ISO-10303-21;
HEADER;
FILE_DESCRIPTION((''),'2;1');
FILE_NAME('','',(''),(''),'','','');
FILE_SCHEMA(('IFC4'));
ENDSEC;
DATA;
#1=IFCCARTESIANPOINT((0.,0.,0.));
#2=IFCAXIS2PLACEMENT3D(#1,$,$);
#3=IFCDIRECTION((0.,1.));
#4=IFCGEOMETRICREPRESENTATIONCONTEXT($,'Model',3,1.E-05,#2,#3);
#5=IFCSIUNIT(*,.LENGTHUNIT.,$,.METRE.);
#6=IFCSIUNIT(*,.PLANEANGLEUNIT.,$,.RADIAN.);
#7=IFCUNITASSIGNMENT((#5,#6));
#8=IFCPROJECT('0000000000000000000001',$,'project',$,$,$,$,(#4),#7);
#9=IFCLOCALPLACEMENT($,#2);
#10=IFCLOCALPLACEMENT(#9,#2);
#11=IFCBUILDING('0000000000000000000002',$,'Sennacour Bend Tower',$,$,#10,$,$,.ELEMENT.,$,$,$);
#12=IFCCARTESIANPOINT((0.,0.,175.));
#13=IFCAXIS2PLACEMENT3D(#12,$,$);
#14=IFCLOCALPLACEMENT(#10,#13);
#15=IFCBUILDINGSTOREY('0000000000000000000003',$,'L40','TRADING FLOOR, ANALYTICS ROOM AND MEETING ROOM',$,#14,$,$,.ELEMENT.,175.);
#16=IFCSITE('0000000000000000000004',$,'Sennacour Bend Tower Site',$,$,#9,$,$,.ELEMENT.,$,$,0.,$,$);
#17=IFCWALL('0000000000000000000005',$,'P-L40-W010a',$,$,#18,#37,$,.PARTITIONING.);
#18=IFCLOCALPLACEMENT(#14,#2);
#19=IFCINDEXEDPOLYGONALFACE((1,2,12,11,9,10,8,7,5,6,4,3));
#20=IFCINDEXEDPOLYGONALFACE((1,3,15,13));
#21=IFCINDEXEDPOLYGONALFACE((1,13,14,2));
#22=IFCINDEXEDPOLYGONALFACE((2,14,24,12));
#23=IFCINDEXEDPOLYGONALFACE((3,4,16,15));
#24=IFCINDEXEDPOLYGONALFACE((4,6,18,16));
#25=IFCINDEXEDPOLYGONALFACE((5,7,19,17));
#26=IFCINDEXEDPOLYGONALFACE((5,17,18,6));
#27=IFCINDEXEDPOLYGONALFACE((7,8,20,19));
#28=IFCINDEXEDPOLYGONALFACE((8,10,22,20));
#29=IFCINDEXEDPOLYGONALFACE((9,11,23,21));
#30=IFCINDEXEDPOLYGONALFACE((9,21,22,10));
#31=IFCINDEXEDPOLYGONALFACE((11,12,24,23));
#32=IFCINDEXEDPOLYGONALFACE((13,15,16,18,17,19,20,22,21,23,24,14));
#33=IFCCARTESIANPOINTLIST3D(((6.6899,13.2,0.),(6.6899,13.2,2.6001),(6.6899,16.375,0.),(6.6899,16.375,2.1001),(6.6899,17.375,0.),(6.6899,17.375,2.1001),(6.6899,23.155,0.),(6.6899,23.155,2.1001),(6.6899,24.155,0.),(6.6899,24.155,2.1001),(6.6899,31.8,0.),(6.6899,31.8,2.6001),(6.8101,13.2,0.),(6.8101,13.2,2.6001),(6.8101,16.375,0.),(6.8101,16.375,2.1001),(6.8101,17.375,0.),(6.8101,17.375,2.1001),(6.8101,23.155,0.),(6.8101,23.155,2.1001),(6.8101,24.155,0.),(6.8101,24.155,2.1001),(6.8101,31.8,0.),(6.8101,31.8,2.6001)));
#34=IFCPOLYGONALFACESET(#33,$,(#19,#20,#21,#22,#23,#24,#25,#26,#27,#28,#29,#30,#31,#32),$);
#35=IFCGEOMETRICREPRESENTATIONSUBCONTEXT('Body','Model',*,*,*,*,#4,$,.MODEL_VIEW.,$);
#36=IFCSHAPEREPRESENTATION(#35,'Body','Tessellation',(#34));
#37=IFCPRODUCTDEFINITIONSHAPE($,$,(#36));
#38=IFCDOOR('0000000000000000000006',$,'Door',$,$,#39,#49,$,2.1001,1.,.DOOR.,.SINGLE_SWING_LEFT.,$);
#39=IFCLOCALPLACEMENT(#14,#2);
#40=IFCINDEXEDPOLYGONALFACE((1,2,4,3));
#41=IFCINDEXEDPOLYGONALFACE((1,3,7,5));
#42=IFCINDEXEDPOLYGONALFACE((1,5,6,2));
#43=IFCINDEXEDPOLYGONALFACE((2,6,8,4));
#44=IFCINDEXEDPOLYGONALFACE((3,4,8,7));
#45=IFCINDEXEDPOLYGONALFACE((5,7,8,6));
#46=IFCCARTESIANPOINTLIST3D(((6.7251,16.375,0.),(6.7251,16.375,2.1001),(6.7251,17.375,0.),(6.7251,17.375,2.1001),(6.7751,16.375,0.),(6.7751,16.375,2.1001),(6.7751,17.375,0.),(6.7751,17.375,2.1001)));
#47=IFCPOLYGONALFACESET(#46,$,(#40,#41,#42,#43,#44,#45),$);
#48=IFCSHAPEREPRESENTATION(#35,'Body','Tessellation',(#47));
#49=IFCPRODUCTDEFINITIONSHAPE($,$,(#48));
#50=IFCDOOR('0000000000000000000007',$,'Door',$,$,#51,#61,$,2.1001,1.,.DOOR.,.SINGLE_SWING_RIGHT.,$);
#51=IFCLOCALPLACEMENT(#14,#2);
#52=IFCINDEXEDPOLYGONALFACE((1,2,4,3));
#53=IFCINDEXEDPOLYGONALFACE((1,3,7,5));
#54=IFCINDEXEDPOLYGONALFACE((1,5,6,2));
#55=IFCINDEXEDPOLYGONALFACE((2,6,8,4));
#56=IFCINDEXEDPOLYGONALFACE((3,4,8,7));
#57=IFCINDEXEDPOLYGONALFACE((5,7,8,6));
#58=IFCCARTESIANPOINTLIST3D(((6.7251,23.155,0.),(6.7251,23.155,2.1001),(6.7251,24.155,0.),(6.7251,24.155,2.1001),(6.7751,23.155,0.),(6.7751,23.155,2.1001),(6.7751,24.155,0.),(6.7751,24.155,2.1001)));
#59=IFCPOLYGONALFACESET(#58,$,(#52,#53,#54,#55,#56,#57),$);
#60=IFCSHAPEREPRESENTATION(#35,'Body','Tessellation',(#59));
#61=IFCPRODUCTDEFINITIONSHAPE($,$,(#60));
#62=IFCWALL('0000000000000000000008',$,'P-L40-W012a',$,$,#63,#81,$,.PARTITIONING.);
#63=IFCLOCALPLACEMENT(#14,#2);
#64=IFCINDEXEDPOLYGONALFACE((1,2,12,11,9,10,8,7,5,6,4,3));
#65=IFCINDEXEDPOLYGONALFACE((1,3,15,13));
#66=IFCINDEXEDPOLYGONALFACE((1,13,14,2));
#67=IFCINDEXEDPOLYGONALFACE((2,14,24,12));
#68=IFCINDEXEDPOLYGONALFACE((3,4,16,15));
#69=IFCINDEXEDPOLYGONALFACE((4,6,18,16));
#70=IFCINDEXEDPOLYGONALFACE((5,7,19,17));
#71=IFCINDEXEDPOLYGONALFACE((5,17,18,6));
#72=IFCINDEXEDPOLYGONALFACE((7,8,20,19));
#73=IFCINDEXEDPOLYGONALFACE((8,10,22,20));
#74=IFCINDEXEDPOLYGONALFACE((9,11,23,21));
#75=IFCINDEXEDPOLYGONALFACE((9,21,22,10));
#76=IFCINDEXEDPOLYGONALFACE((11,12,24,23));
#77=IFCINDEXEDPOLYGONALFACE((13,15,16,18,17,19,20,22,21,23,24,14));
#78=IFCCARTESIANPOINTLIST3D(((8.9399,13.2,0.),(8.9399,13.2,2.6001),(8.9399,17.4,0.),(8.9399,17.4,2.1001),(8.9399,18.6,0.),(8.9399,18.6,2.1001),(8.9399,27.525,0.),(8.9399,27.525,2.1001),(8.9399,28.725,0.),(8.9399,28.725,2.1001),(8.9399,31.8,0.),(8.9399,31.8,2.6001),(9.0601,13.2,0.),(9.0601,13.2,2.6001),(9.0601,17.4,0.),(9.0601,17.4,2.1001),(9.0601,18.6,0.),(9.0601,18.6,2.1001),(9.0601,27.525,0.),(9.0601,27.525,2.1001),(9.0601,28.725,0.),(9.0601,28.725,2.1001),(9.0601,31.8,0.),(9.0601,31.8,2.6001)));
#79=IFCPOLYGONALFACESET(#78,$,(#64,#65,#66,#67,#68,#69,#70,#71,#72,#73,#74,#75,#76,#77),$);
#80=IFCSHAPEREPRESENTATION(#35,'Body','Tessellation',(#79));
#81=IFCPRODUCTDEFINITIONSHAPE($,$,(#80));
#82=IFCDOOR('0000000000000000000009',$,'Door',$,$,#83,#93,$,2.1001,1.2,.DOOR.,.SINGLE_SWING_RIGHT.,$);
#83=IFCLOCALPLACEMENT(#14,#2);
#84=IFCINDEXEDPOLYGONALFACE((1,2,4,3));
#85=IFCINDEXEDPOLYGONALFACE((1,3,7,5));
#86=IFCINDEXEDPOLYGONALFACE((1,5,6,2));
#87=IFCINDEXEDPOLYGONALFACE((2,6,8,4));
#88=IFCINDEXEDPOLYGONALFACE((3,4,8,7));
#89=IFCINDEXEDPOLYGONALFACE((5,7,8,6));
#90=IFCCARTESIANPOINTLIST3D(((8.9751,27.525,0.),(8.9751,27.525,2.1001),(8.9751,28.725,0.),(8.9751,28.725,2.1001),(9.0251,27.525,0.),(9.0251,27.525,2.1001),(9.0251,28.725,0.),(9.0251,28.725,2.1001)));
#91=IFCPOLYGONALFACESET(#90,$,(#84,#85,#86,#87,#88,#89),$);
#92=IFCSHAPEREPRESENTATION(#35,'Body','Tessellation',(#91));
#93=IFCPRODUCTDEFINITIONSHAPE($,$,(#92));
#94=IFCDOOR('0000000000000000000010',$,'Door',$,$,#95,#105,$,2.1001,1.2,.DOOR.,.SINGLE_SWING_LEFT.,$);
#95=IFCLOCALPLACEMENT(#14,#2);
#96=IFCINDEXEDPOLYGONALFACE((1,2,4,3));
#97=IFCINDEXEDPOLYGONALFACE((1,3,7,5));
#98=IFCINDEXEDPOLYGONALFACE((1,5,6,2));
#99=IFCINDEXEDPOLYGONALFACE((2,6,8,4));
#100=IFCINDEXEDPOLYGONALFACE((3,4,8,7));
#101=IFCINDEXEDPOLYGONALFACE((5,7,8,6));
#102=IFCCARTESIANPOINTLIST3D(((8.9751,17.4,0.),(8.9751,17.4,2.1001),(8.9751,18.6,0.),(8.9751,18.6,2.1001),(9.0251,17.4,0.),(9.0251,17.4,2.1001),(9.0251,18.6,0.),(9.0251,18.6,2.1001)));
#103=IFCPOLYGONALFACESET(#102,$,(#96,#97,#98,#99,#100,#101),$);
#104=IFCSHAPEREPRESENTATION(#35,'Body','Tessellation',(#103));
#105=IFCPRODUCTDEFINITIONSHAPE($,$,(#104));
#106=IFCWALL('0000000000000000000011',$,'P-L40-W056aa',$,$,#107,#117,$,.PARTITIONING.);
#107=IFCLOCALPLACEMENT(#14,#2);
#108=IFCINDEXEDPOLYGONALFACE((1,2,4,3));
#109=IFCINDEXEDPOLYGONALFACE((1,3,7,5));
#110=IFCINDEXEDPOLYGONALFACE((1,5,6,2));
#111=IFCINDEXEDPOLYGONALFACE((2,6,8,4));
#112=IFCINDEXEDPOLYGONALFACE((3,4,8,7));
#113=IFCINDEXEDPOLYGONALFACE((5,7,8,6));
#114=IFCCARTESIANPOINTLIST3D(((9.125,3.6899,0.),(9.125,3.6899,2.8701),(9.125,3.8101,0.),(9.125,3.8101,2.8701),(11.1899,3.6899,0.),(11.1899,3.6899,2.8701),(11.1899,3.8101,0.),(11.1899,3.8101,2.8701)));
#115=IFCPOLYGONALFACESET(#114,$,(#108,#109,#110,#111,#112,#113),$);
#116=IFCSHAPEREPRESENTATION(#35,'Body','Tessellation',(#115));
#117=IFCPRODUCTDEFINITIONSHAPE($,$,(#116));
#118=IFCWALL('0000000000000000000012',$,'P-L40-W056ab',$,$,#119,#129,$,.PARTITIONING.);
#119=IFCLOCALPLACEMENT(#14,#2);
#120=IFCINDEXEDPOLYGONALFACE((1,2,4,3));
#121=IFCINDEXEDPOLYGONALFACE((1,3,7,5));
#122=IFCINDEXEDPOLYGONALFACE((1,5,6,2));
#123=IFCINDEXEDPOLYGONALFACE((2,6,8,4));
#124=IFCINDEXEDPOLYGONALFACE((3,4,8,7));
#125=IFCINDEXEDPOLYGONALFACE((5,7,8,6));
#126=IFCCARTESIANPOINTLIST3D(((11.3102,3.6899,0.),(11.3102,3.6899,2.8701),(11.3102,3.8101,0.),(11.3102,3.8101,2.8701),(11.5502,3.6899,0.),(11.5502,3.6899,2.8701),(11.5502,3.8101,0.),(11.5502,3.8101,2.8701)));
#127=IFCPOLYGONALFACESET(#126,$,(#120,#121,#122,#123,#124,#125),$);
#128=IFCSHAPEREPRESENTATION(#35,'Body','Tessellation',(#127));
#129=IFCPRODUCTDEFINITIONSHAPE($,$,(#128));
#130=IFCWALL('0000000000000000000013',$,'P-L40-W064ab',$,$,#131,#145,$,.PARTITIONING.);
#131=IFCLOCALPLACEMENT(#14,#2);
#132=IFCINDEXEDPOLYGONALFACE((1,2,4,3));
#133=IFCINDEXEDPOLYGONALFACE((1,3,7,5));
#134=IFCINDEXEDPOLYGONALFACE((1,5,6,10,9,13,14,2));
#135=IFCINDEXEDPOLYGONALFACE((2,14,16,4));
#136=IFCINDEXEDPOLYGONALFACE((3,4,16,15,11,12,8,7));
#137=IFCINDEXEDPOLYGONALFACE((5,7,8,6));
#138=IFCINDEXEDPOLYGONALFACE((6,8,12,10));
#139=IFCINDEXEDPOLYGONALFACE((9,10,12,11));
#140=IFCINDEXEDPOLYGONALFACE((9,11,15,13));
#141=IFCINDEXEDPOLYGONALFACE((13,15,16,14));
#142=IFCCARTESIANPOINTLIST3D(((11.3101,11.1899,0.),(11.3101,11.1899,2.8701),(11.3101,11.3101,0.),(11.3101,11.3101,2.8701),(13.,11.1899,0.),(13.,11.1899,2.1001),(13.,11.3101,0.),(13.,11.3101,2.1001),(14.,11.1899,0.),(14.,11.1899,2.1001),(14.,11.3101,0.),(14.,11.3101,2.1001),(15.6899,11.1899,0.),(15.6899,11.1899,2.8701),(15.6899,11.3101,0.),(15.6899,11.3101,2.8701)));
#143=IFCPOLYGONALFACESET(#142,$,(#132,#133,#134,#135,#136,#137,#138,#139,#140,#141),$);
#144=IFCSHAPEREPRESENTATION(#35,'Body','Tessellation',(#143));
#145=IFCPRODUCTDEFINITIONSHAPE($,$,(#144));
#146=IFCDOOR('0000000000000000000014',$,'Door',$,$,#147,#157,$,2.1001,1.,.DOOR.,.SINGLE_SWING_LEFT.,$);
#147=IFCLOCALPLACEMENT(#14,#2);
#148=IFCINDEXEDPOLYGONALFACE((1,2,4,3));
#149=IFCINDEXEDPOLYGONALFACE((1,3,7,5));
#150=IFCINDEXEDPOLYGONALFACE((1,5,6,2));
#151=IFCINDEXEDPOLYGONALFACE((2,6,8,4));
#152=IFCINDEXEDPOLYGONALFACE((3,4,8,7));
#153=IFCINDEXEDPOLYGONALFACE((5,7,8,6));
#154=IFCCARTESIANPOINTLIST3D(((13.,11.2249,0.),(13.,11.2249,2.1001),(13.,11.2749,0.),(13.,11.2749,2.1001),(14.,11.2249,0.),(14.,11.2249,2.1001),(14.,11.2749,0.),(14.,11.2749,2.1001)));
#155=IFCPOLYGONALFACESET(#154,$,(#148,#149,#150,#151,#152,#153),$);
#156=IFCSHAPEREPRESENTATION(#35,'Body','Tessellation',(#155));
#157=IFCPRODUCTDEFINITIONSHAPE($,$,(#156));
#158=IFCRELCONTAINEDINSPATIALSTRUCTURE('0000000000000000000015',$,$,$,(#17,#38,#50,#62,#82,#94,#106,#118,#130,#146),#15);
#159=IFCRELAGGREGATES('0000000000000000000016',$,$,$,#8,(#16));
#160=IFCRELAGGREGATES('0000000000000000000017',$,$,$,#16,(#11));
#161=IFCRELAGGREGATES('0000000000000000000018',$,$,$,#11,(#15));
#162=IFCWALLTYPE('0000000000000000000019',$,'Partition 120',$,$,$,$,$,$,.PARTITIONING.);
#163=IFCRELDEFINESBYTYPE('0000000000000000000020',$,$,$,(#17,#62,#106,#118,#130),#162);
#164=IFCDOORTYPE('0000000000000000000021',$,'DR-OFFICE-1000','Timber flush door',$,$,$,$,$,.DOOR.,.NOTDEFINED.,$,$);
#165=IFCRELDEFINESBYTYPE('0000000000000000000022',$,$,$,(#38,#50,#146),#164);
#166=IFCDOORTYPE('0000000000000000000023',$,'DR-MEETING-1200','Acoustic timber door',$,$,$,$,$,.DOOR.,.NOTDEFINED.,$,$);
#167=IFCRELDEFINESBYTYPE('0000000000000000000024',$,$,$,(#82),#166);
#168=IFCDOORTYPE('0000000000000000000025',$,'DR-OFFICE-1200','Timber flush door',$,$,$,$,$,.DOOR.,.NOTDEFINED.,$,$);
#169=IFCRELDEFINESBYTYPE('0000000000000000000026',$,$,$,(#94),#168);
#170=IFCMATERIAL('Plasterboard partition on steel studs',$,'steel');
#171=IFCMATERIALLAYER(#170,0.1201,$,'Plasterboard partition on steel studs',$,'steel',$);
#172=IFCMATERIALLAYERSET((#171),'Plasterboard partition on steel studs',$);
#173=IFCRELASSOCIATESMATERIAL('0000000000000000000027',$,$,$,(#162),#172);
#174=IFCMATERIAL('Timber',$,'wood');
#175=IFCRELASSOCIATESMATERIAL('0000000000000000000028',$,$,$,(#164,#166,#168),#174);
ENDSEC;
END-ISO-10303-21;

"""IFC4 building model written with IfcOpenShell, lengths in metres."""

from ifc_helpers import new_model, si_unit, direction, frame, frame_2d, origin, place, context, subcontext, project, spatial, rectangle, extrude, material, layer, layer_set, type_object, element, fill, save


model = new_model("IFC4")

# Units and contexts
model_context = context("Model", 3, precision=1e-05, world=origin(), true_north=direction((0.0, 1.0)))
body_context = subcontext(model_context, "Body", "Model", "MODEL_VIEW")
ifc_project = project(units=[si_unit("LENGTHUNIT", "METRE"), si_unit("PLANEANGLEUNIT", "RADIAN")], contexts=[model_context])

# Site, building, storey
site_placement = place(None, origin())
site = spatial("IfcSite", under=ifc_project, at=site_placement, Name="Sennacour Bend Tower Site", CompositionType="ELEMENT", RefElevation=0.0)
building_placement = place(site_placement, origin())
building = spatial("IfcBuilding", under=site, at=building_placement, Name="Sennacour Bend Tower", CompositionType="ELEMENT")
storey_placement = place(building_placement, frame((0.0, 0.0, 175.0)))
storey = spatial("IfcBuildingStorey", under=building, at=storey_placement, Name="L40", Description="TRADING FLOOR, ANALYTICS ROOM AND MEETING ROOM", CompositionType="ELEMENT", Elevation=175.0)

# Walls, openings, doors
ifc_material_1 = material(Name="Plasterboard partition on steel studs", Category="steel")
ifc_layer_1 = layer(ifc_material_1, 0.1201, Name="Plasterboard partition on steel studs", Category="steel")
ifc_layer_set_1 = layer_set([ifc_layer_1], Name="Plasterboard partition on steel studs")
wall_type_1 = type_object("IfcWallType", Name="Partition 120", PredefinedType="PARTITIONING", material=ifc_layer_set_1)
wall_1_placement = place(storey_placement, frame((6.75, 13.2, 0.0), z_axis=(0.0, 0.0, 1.0), x_axis=(0.0, 1.0, 0.0)))
wall_1 = element("IfcWall", 1, at=wall_1_placement, inside=storey, type_object=wall_type_1, Name="P-L40-W010a", PredefinedType="PARTITIONING", context=body_context, shape_type="SweptSolid", body=[
    extrude(rectangle(XDim=18.6001, YDim=0.1201, at=frame_2d((9.3, 0.0))), origin(), (0.0, 0.0, 1.0), 2.6001),
])
opening_1_placement = place(wall_1_placement, frame((3.175, 0.0, 0.0)))
opening_1 = element("IfcOpeningElement", 2, at=opening_1_placement, cuts=wall_1, PredefinedType="OPENING", context=body_context, shape_type="SweptSolid", body=[
    extrude(rectangle(XDim=1.0, YDim=2.1001, at=frame_2d((0.5, 1.05))), frame((0.0, 0.0701, 0.0), z_axis=(0.0, -1.0, 0.0), x_axis=(1.0, 0.0, 0.0)), (0.0, 0.0, 1.0), 0.1401),
])
opening_2_placement = place(wall_1_placement, frame((9.9551, 0.0, 0.0)))
opening_2 = element("IfcOpeningElement", 3, at=opening_2_placement, cuts=wall_1, PredefinedType="OPENING", context=body_context, shape_type="SweptSolid", body=[
    extrude(rectangle(XDim=1.0, YDim=2.1001, at=frame_2d((0.5, 1.05))), frame((0.0, 0.0701, 0.0), z_axis=(0.0, -1.0, 0.0), x_axis=(1.0, 0.0, 0.0)), (0.0, 0.0, 1.0), 0.1401),
])
ifc_material_2 = material(Name="Timber", Category="wood")
door_type_1 = type_object("IfcDoorType", Name="DR-OFFICE-1000", Description="Timber flush door", OperationType="NOTDEFINED", PredefinedType="DOOR", material=ifc_material_2)
door_1_placement = place(opening_1_placement, origin())
door_1 = element("IfcDoor", 4, at=door_1_placement, inside=storey, type_object=door_type_1, Name="Door", OperationType="SINGLE_SWING_LEFT", OverallHeight=2.1001, OverallWidth=1.0, PredefinedType="DOOR", context=body_context, shape_type="SweptSolid", body=[
    extrude(rectangle(XDim=1.0, YDim=2.1001, at=frame_2d((0.5, 1.05))), frame((0.0, 0.0249, 0.0), z_axis=(0.0, -1.0, 0.0), x_axis=(1.0, 0.0, 0.0)), (0.0, 0.0, 1.0), 0.05),
])
fill(opening_1, door_1)
door_2_placement = place(opening_2_placement, origin())
door_2 = element("IfcDoor", 5, at=door_2_placement, inside=storey, type_object=door_type_1, Name="Door", OperationType="SINGLE_SWING_RIGHT", OverallHeight=2.1001, OverallWidth=1.0, PredefinedType="DOOR", context=body_context, shape_type="SweptSolid", body=[
    extrude(rectangle(XDim=1.0, YDim=2.1001, at=frame_2d((0.5, 1.05))), frame((0.0, 0.0249, 0.0), z_axis=(0.0, -1.0, 0.0), x_axis=(1.0, 0.0, 0.0)), (0.0, 0.0, 1.0), 0.05),
])
fill(opening_2, door_2)
wall_2_placement = place(storey_placement, frame((9.0, 13.2, 0.0), z_axis=(0.0, 0.0, 1.0), x_axis=(0.0, 1.0, 0.0)))
wall_2 = element("IfcWall", 6, at=wall_2_placement, inside=storey, type_object=wall_type_1, Name="P-L40-W012a", PredefinedType="PARTITIONING", context=body_context, shape_type="SweptSolid", body=[
    extrude(rectangle(XDim=18.6001, YDim=0.1201, at=frame_2d((9.3, 0.0))), origin(), (0.0, 0.0, 1.0), 2.6001),
])
opening_3_placement = place(wall_2_placement, frame((14.325, 0.0, 0.0)))
opening_3 = element("IfcOpeningElement", 7, at=opening_3_placement, cuts=wall_2, PredefinedType="OPENING", context=body_context, shape_type="SweptSolid", body=[
    extrude(rectangle(XDim=1.2, YDim=2.1001, at=frame_2d((0.6001, 1.05))), frame((0.0, 0.0701, 0.0), z_axis=(0.0, -1.0, 0.0), x_axis=(1.0, 0.0, 0.0)), (0.0, 0.0, 1.0), 0.1401),
])
opening_4_placement = place(wall_2_placement, frame((4.2, 0.0, 0.0)))
opening_4 = element("IfcOpeningElement", 8, at=opening_4_placement, cuts=wall_2, PredefinedType="OPENING", context=body_context, shape_type="SweptSolid", body=[
    extrude(rectangle(XDim=1.2, YDim=2.1001, at=frame_2d((0.6001, 1.05))), frame((0.0, 0.0701, 0.0), z_axis=(0.0, -1.0, 0.0), x_axis=(1.0, 0.0, 0.0)), (0.0, 0.0, 1.0), 0.1401),
])
door_type_2 = type_object("IfcDoorType", Name="DR-MEETING-1200", Description="Acoustic timber door", OperationType="NOTDEFINED", PredefinedType="DOOR", material=ifc_material_2)
door_3_placement = place(opening_3_placement, origin())
door_3 = element("IfcDoor", 9, at=door_3_placement, inside=storey, type_object=door_type_2, Name="Door", OperationType="SINGLE_SWING_RIGHT", OverallHeight=2.1001, OverallWidth=1.2, PredefinedType="DOOR", context=body_context, shape_type="SweptSolid", body=[
    extrude(rectangle(XDim=1.2, YDim=2.1001, at=frame_2d((0.6001, 1.05))), frame((0.0, 0.0249, 0.0), z_axis=(0.0, -1.0, 0.0), x_axis=(1.0, 0.0, 0.0)), (0.0, 0.0, 1.0), 0.05),
])
fill(opening_3, door_3)
door_type_3 = type_object("IfcDoorType", Name="DR-OFFICE-1200", Description="Timber flush door", OperationType="NOTDEFINED", PredefinedType="DOOR", material=ifc_material_2)
door_4_placement = place(opening_4_placement, origin())
door_4 = element("IfcDoor", 10, at=door_4_placement, inside=storey, type_object=door_type_3, Name="Door", OperationType="SINGLE_SWING_LEFT", OverallHeight=2.1001, OverallWidth=1.2, PredefinedType="DOOR", context=body_context, shape_type="SweptSolid", body=[
    extrude(rectangle(XDim=1.2, YDim=2.1001, at=frame_2d((0.6001, 1.05))), frame((0.0, 0.0249, 0.0), z_axis=(0.0, -1.0, 0.0), x_axis=(1.0, 0.0, 0.0)), (0.0, 0.0, 1.0), 0.05),
])
fill(opening_4, door_4)

# Walls
wall_3_placement = place(storey_placement, frame((9.125, 3.75, 0.0), z_axis=(0.0, 0.0, 1.0), x_axis=(1.0, 0.0, 0.0)))
element("IfcWall", 11, at=wall_3_placement, inside=storey, type_object=wall_type_1, Name="P-L40-W056aa", PredefinedType="PARTITIONING", context=body_context, shape_type="SweptSolid", body=[
    extrude(rectangle(XDim=2.0649, YDim=0.1201, at=frame_2d((1.0325, 0.0))), origin(), (0.0, 0.0, 1.0), 2.8701),
])
wall_4_placement = place(storey_placement, frame((11.3101, 3.75, 0.0), z_axis=(0.0, 0.0, 1.0), x_axis=(1.0, 0.0, 0.0)))
element("IfcWall", 12, at=wall_4_placement, inside=storey, type_object=wall_type_1, Name="P-L40-W056ab", PredefinedType="PARTITIONING", context=body_context, shape_type="SweptSolid", body=[
    extrude(rectangle(XDim=0.24, YDim=0.1201, at=frame_2d((0.1201, 0.0))), origin(), (0.0, 0.0, 1.0), 2.8701),
])

# Wall, opening, door
wall_5_placement = place(storey_placement, frame((11.3101, 11.25, 0.0), z_axis=(0.0, 0.0, 1.0), x_axis=(1.0, 0.0, 0.0)))
wall_5 = element("IfcWall", 13, at=wall_5_placement, inside=storey, type_object=wall_type_1, Name="P-L40-W064ab", PredefinedType="PARTITIONING", context=body_context, shape_type="SweptSolid", body=[
    extrude(rectangle(XDim=4.3799, YDim=0.1201, at=frame_2d((2.1899, 0.0))), origin(), (0.0, 0.0, 1.0), 2.8701),
])
opening_5_placement = place(wall_5_placement, frame((1.6899, 0.0, 0.0)))
opening_5 = element("IfcOpeningElement", 14, at=opening_5_placement, cuts=wall_5, PredefinedType="OPENING", context=body_context, shape_type="SweptSolid", body=[
    extrude(rectangle(XDim=1.0, YDim=2.1001, at=frame_2d((0.5, 1.05))), frame((0.0, 0.0701, 0.0), z_axis=(0.0, -1.0, 0.0), x_axis=(1.0, 0.0, 0.0)), (0.0, 0.0, 1.0), 0.1401),
])
door_5_placement = place(opening_5_placement, origin())
door_5 = element("IfcDoor", 15, at=door_5_placement, inside=storey, type_object=door_type_1, Name="Door", OperationType="SINGLE_SWING_LEFT", OverallHeight=2.1001, OverallWidth=1.0, PredefinedType="DOOR", context=body_context, shape_type="SweptSolid", body=[
    extrude(rectangle(XDim=1.0, YDim=2.1001, at=frame_2d((0.5, 1.05))), frame((0.0, 0.0249, 0.0), z_axis=(0.0, -1.0, 0.0), x_axis=(1.0, 0.0, 0.0)), (0.0, 0.0, 1.0), 0.05),
])
fill(opening_5, door_5)

save(model, "model.ifc")
